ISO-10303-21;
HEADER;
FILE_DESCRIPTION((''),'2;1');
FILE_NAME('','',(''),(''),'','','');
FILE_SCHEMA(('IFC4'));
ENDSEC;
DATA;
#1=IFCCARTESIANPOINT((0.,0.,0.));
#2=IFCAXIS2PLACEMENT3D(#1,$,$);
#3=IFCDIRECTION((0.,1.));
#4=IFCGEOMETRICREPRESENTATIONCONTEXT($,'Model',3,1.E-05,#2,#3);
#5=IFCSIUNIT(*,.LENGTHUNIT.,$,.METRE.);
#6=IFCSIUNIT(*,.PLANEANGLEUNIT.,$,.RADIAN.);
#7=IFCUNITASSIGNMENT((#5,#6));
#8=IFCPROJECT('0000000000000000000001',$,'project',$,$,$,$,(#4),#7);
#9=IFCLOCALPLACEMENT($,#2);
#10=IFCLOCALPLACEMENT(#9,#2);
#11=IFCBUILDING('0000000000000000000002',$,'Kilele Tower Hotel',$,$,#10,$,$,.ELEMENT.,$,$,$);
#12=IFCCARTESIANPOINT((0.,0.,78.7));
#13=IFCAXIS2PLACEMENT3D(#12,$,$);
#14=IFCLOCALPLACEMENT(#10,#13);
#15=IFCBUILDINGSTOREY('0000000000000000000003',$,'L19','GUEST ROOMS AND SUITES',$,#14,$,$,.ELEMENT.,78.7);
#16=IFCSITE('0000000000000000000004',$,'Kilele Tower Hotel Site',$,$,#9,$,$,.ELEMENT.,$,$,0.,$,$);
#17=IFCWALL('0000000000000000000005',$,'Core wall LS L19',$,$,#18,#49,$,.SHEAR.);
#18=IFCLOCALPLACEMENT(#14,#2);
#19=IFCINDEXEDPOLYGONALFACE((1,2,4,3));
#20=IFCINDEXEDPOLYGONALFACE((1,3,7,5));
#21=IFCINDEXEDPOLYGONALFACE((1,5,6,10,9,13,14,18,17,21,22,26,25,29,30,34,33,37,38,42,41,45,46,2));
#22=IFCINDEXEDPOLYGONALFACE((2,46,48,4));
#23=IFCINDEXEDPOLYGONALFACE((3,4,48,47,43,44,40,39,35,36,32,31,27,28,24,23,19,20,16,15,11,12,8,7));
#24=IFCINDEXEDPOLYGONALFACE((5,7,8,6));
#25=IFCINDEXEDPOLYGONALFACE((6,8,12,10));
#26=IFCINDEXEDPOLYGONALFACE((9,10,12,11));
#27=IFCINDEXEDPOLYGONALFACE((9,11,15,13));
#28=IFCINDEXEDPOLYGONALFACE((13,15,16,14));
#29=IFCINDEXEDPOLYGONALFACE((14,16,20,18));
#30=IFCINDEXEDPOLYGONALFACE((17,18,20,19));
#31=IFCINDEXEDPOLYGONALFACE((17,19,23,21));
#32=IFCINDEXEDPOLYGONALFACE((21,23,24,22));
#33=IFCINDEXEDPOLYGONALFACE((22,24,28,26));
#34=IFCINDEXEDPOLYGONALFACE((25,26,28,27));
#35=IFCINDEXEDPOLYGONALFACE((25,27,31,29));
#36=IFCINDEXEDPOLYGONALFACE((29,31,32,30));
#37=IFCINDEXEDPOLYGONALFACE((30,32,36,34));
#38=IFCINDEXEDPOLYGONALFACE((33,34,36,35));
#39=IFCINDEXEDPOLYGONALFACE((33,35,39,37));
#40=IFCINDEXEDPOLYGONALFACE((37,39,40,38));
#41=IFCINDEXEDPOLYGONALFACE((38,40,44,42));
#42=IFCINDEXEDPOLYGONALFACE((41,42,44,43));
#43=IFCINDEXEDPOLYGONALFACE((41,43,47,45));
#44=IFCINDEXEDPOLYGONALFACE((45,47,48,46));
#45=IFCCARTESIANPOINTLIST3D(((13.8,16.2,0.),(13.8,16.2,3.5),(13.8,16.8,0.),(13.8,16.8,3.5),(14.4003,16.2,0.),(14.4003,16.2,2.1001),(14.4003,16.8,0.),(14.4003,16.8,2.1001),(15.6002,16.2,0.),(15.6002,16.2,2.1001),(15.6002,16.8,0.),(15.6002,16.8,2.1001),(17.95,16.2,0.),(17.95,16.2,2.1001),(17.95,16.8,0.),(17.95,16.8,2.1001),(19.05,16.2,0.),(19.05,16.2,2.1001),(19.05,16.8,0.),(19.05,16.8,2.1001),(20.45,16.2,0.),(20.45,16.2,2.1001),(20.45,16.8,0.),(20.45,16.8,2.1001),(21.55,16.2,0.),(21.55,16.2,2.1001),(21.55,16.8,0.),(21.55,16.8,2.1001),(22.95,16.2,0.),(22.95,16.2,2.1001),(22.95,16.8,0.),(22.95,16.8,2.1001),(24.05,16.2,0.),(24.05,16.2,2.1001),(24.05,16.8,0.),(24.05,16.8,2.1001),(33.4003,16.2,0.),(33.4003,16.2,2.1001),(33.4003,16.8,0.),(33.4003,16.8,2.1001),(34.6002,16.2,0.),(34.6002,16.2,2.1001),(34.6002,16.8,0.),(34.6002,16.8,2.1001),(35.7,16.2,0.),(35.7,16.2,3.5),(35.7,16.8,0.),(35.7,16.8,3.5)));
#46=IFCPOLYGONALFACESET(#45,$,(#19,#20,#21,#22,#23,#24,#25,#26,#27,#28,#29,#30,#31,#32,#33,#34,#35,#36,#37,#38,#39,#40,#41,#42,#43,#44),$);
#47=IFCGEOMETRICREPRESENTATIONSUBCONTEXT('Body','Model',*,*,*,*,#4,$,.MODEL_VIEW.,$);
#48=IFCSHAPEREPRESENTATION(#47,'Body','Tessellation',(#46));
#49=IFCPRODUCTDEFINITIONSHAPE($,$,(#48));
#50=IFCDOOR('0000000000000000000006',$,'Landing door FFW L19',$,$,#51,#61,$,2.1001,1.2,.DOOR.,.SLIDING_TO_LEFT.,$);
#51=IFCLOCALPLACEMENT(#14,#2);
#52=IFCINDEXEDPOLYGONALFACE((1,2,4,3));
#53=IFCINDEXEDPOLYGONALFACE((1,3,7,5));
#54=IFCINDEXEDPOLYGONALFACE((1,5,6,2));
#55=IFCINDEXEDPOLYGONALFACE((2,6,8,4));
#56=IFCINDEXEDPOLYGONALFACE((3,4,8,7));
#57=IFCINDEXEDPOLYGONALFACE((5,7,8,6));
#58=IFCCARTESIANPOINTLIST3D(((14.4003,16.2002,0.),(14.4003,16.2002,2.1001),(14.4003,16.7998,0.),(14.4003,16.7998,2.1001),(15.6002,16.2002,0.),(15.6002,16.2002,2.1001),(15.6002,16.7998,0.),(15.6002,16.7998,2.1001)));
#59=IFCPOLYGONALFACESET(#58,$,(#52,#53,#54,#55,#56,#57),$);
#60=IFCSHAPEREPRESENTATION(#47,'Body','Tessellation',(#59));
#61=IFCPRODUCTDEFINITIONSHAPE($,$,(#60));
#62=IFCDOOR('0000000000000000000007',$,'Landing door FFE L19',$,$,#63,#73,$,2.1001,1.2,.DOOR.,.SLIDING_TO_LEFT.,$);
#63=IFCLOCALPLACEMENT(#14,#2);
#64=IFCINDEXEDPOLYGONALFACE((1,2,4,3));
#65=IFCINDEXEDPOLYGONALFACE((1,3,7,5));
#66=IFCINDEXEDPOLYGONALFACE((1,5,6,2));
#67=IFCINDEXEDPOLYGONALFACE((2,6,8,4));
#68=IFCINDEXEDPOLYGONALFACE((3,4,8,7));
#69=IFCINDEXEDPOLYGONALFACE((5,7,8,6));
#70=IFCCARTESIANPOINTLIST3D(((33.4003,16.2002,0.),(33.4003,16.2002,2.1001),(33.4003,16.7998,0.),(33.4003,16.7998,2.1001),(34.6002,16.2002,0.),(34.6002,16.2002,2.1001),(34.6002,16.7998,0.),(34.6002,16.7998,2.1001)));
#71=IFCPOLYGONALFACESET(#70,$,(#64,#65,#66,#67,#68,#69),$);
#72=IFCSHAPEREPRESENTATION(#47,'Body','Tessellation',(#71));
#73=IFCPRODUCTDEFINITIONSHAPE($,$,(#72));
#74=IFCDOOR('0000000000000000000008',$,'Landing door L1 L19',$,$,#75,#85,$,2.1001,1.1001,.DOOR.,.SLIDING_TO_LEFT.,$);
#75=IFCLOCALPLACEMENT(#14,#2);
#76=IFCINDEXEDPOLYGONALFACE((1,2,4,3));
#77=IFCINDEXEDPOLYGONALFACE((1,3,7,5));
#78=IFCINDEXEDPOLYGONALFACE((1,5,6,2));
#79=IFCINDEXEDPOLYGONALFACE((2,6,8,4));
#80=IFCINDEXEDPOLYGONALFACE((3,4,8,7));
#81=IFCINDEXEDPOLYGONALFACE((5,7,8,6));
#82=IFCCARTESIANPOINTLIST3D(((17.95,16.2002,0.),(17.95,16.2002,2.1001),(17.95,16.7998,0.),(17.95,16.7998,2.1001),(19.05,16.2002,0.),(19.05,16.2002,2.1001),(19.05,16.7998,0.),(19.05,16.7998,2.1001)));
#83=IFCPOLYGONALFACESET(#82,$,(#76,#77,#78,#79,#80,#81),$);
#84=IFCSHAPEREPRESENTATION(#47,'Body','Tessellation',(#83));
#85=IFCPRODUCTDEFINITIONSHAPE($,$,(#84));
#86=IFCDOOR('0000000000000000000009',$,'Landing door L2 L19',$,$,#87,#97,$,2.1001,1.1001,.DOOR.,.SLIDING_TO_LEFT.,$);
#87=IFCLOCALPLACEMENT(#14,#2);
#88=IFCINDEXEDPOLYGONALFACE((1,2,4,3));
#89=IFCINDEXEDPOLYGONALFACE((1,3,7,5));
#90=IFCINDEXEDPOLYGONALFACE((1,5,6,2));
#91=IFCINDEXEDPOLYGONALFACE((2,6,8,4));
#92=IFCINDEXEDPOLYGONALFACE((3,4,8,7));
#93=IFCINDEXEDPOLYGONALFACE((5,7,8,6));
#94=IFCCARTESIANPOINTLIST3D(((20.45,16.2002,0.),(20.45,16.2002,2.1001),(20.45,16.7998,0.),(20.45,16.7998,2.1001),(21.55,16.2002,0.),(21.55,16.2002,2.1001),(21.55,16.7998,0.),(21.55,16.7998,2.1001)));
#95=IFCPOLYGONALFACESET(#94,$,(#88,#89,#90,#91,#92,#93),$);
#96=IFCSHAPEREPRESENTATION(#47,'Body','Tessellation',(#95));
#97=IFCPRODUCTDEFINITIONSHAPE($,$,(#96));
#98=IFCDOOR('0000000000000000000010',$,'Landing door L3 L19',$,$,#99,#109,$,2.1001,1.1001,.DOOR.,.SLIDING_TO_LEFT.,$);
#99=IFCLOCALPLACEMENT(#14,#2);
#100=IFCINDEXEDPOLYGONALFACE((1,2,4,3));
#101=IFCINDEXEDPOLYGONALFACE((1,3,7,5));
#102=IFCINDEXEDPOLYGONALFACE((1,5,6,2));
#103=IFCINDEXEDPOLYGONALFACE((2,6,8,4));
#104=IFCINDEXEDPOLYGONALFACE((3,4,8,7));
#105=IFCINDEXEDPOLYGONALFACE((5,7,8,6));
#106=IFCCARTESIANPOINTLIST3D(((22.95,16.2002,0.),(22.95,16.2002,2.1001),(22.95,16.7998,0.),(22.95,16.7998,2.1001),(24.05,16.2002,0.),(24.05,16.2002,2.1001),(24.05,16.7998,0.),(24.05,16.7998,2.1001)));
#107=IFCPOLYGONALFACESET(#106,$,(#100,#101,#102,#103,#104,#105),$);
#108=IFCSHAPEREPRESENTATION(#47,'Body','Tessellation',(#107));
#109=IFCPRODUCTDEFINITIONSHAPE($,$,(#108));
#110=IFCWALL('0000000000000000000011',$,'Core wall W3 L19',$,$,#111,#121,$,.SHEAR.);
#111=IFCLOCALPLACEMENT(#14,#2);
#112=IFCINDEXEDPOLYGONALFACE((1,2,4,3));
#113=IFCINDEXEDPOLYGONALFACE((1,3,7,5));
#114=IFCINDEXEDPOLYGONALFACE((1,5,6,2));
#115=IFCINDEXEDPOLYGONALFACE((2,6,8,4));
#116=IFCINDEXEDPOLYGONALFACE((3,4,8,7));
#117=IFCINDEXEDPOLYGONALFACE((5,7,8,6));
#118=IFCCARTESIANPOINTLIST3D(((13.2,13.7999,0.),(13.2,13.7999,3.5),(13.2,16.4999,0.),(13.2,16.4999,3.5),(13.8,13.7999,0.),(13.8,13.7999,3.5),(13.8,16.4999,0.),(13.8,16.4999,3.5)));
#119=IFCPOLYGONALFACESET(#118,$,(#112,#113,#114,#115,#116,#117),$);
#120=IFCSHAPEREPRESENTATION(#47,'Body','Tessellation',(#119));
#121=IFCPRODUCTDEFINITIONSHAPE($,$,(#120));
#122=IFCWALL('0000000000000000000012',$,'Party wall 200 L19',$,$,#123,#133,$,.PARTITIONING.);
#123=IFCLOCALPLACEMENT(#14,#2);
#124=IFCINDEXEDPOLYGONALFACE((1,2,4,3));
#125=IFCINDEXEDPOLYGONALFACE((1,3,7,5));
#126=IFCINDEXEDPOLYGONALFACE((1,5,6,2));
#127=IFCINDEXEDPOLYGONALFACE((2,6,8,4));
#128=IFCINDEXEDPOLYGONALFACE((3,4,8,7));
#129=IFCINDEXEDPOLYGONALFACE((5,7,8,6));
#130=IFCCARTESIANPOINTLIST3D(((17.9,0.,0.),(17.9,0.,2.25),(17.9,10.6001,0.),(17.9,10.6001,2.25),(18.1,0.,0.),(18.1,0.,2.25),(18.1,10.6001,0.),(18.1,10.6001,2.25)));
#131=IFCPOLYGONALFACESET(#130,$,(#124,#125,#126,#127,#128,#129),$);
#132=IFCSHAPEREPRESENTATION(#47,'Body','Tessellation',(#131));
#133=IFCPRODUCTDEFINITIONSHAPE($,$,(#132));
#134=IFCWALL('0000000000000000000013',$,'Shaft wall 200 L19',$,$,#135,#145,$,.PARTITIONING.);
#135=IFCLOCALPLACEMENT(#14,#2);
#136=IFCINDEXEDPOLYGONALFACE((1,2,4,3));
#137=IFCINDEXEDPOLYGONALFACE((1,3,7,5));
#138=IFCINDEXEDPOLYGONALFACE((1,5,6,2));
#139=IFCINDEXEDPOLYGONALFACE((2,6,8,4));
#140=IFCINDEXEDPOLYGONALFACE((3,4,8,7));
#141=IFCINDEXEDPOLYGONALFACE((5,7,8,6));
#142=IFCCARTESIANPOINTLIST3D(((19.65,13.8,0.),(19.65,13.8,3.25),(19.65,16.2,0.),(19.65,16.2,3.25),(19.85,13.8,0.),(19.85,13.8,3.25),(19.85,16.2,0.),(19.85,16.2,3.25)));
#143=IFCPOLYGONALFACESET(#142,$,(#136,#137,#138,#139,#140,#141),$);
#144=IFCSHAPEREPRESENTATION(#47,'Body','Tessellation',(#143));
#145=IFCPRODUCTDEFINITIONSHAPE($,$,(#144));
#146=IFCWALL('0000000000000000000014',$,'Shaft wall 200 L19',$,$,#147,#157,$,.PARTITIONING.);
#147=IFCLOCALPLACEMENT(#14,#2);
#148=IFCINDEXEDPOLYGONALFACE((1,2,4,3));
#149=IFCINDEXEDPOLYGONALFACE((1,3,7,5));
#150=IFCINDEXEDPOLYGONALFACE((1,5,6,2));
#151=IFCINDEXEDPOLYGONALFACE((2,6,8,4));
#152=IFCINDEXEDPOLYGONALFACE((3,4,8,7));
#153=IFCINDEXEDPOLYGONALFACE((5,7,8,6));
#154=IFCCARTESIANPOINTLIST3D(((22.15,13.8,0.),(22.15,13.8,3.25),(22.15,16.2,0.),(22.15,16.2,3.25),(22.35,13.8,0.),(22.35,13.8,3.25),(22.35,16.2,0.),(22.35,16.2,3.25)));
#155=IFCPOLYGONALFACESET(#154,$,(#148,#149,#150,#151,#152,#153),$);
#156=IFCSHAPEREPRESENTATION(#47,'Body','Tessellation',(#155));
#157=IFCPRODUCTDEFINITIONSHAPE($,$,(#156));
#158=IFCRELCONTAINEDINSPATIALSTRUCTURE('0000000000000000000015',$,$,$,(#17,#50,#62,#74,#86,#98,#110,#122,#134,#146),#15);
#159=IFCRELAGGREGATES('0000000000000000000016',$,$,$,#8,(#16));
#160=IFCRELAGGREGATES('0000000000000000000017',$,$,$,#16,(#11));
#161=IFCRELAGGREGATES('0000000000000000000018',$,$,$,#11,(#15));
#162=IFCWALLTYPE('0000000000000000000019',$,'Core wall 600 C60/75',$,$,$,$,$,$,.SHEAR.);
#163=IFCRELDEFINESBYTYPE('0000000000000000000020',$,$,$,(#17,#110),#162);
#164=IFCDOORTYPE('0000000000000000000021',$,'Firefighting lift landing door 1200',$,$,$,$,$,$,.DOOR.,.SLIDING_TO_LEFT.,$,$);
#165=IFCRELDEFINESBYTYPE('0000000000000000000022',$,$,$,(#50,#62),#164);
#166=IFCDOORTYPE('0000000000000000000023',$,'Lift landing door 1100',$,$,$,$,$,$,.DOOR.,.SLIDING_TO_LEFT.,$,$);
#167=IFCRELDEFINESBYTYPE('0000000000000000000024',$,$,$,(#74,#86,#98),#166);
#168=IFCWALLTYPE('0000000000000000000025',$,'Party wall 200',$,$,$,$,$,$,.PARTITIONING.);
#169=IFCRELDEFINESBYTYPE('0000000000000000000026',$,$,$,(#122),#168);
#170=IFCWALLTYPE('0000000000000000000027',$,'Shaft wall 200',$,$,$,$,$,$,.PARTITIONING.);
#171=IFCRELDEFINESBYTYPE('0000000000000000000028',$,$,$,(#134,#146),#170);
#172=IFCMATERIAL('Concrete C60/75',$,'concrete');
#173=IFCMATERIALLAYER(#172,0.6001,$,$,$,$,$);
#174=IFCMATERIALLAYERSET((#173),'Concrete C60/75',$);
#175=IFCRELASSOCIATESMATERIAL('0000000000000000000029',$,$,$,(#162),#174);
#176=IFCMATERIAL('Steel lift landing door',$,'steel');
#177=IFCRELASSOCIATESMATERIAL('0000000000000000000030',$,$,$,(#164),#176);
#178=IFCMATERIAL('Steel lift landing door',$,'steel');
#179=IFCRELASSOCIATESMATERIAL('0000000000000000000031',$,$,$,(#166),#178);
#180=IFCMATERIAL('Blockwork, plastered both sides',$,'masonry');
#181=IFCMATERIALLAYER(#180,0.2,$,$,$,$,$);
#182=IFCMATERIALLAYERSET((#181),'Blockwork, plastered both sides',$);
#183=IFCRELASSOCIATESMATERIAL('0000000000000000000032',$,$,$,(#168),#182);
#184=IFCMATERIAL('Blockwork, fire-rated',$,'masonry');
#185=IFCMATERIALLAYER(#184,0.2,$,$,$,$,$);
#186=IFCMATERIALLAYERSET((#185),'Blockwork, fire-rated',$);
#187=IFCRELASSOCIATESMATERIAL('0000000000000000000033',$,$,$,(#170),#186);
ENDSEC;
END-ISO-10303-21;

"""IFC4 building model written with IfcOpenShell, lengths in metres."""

from ifc_helpers import new_model, si_unit, direction, frame, frame_2d, origin, place, context, subcontext, project, spatial, rectangle, extrude, material, layer, layer_set, type_object, element, fill, save


model = new_model("IFC4")

# Units and contexts
model_context = context("Model", 3, precision=1e-05, world=origin(), true_north=direction((0.0, 1.0)))
body_context = subcontext(model_context, "Body", "Model", "MODEL_VIEW")
ifc_project = project(units=[si_unit("LENGTHUNIT", "METRE"), si_unit("PLANEANGLEUNIT", "RADIAN")], contexts=[model_context])

# Site, building, storey
site_placement = place(None, origin())
site = spatial("IfcSite", under=ifc_project, at=site_placement, Name="Kilele Tower Hotel Site", CompositionType="ELEMENT", RefElevation=0.0)
building_placement = place(site_placement, origin())
building = spatial("IfcBuilding", under=site, at=building_placement, Name="Kilele Tower Hotel", CompositionType="ELEMENT")
storey_placement = place(building_placement, frame((0.0, 0.0, 78.7)))
storey = spatial("IfcBuildingStorey", under=building, at=storey_placement, Name="L19", Description="GUEST ROOMS AND SUITES", CompositionType="ELEMENT", Elevation=78.7)

# Shared definitions
ifc_material_1 = material(Name="Concrete C60/75", Category="concrete")
ifc_layer_1 = layer(ifc_material_1, 0.6001)
ifc_layer_set_1 = layer_set([ifc_layer_1], Name="Concrete C60/75")
wall_type_1 = type_object("IfcWallType", Name="Core wall 600 C60/75", PredefinedType="SHEAR", material=ifc_layer_set_1)

# Wall, openings, doors
wall_1_placement = place(storey_placement, frame((13.8, 16.5, 0.0), z_axis=(0.0, 0.0, 1.0), x_axis=(1.0, 0.0, 0.0)))
wall_1 = element("IfcWall", 1, at=wall_1_placement, inside=storey, type_object=wall_type_1, Name="Core wall LS L19", PredefinedType="SHEAR", context=body_context, shape_type="SweptSolid", body=[
    extrude(rectangle(XDim=21.8999, YDim=0.6001, at=frame_2d((10.95, 0.0))), origin(), (0.0, 0.0, 1.0), 3.5),
])
opening_1_placement = place(wall_1_placement, frame((4.1499, 0.0, 0.0)))
opening_1 = element("IfcOpeningElement", 2, at=opening_1_placement, cuts=wall_1, PredefinedType="OPENING", context=body_context, shape_type="SweptSolid", body=[
    extrude(rectangle(XDim=1.1001, YDim=2.1001, at=frame_2d((0.55, 1.05))), frame((0.0, 0.3101, 0.0), z_axis=(0.0, -1.0, 0.0), x_axis=(1.0, 0.0, 0.0)), (0.0, 0.0, 1.0), 0.6201),
])
opening_2_placement = place(wall_1_placement, frame((6.6499, 0.0, 0.0)))
opening_2 = element("IfcOpeningElement", 3, at=opening_2_placement, cuts=wall_1, PredefinedType="OPENING", context=body_context, shape_type="SweptSolid", body=[
    extrude(rectangle(XDim=1.1001, YDim=2.1001, at=frame_2d((0.55, 1.05))), frame((0.0, 0.3101, 0.0), z_axis=(0.0, -1.0, 0.0), x_axis=(1.0, 0.0, 0.0)), (0.0, 0.0, 1.0), 0.6201),
])
opening_3_placement = place(wall_1_placement, frame((9.1499, 0.0, 0.0)))
opening_3 = element("IfcOpeningElement", 4, at=opening_3_placement, cuts=wall_1, PredefinedType="OPENING", context=body_context, shape_type="SweptSolid", body=[
    extrude(rectangle(XDim=1.1001, YDim=2.1001, at=frame_2d((0.55, 1.05))), frame((0.0, 0.3101, 0.0), z_axis=(0.0, -1.0, 0.0), x_axis=(1.0, 0.0, 0.0)), (0.0, 0.0, 1.0), 0.6201),
])
opening_4_placement = place(wall_1_placement, frame((0.6001, 0.0, 0.0)))
opening_4 = element("IfcOpeningElement", 5, at=opening_4_placement, cuts=wall_1, PredefinedType="OPENING", context=body_context, shape_type="SweptSolid", body=[
    extrude(rectangle(XDim=1.2, YDim=2.1001, at=frame_2d((0.6001, 1.05))), frame((0.0, 0.3101, 0.0), z_axis=(0.0, -1.0, 0.0), x_axis=(1.0, 0.0, 0.0)), (0.0, 0.0, 1.0), 0.6201),
])
opening_5_placement = place(wall_1_placement, frame((19.6001, 0.0, 0.0)))
opening_5 = element("IfcOpeningElement", 6, at=opening_5_placement, cuts=wall_1, PredefinedType="OPENING", context=body_context, shape_type="SweptSolid", body=[
    extrude(rectangle(XDim=1.2, YDim=2.1001, at=frame_2d((0.6001, 1.05))), frame((0.0, 0.3101, 0.0), z_axis=(0.0, -1.0, 0.0), x_axis=(1.0, 0.0, 0.0)), (0.0, 0.0, 1.0), 0.6201),
])
ifc_material_2 = material(Name="Steel lift landing door", Category="steel")
door_type_1 = type_object("IfcDoorType", Name="Firefighting lift landing door 1200", OperationType="SLIDING_TO_LEFT", PredefinedType="DOOR", material=ifc_material_2)
door_1_placement = place(opening_4_placement, origin())
door_1 = element("IfcDoor", 7, at=door_1_placement, inside=storey, type_object=door_type_1, Name="Landing door FFW L19", OperationType="SLIDING_TO_LEFT", OverallHeight=2.1001, OverallWidth=1.2, PredefinedType="DOOR", context=body_context, shape_type="SweptSolid", body=[
    extrude(rectangle(XDim=1.2, YDim=2.1001, at=frame_2d((0.6001, 1.05))), frame((0.0, 0.2998, 0.0), z_axis=(0.0, -1.0, 0.0), x_axis=(1.0, 0.0, 0.0)), (0.0, 0.0, 1.0), 0.5996),
])
fill(opening_4, door_1)
door_2_placement = place(opening_5_placement, origin())
door_2 = element("IfcDoor", 8, at=door_2_placement, inside=storey, type_object=door_type_1, Name="Landing door FFE L19", OperationType="SLIDING_TO_LEFT", OverallHeight=2.1001, OverallWidth=1.2, PredefinedType="DOOR", context=body_context, shape_type="SweptSolid", body=[
    extrude(rectangle(XDim=1.2, YDim=2.1001, at=frame_2d((0.6001, 1.05))), frame((0.0, 0.2998, 0.0), z_axis=(0.0, -1.0, 0.0), x_axis=(1.0, 0.0, 0.0)), (0.0, 0.0, 1.0), 0.5996),
])
fill(opening_5, door_2)
ifc_material_3 = material(Name="Steel lift landing door", Category="steel")
door_type_2 = type_object("IfcDoorType", Name="Lift landing door 1100", OperationType="SLIDING_TO_LEFT", PredefinedType="DOOR", material=ifc_material_3)
door_3_placement = place(opening_1_placement, origin())
door_3 = element("IfcDoor", 9, at=door_3_placement, inside=storey, type_object=door_type_2, Name="Landing door L1 L19", OperationType="SLIDING_TO_LEFT", OverallHeight=2.1001, OverallWidth=1.1001, PredefinedType="DOOR", context=body_context, shape_type="SweptSolid", body=[
    extrude(rectangle(XDim=1.1001, YDim=2.1001, at=frame_2d((0.55, 1.05))), frame((0.0, 0.2998, 0.0), z_axis=(0.0, -1.0, 0.0), x_axis=(1.0, 0.0, 0.0)), (0.0, 0.0, 1.0), 0.5996),
])
fill(opening_1, door_3)
door_4_placement = place(opening_2_placement, origin())
door_4 = element("IfcDoor", 10, at=door_4_placement, inside=storey, type_object=door_type_2, Name="Landing door L2 L19", OperationType="SLIDING_TO_LEFT", OverallHeight=2.1001, OverallWidth=1.1001, PredefinedType="DOOR", context=body_context, shape_type="SweptSolid", body=[
    extrude(rectangle(XDim=1.1001, YDim=2.1001, at=frame_2d((0.55, 1.05))), frame((0.0, 0.2998, 0.0), z_axis=(0.0, -1.0, 0.0), x_axis=(1.0, 0.0, 0.0)), (0.0, 0.0, 1.0), 0.5996),
])
fill(opening_2, door_4)
door_5_placement = place(opening_3_placement, origin())
door_5 = element("IfcDoor", 11, at=door_5_placement, inside=storey, type_object=door_type_2, Name="Landing door L3 L19", OperationType="SLIDING_TO_LEFT", OverallHeight=2.1001, OverallWidth=1.1001, PredefinedType="DOOR", context=body_context, shape_type="SweptSolid", body=[
    extrude(rectangle(XDim=1.1001, YDim=2.1001, at=frame_2d((0.55, 1.05))), frame((0.0, 0.2998, 0.0), z_axis=(0.0, -1.0, 0.0), x_axis=(1.0, 0.0, 0.0)), (0.0, 0.0, 1.0), 0.5996),
])
fill(opening_3, door_5)

# Walls
wall_2_placement = place(storey_placement, frame((13.5, 16.5, 0.0), z_axis=(0.0, 0.0, 1.0), x_axis=(0.0, -1.0, 0.0)))
element("IfcWall", 12, at=wall_2_placement, inside=storey, type_object=wall_type_1, Name="Core wall W3 L19", PredefinedType="SHEAR", context=body_context, shape_type="SweptSolid", body=[
    extrude(rectangle(XDim=2.7, YDim=0.6001, at=frame_2d((1.3501, 0.0))), origin(), (0.0, 0.0, 1.0), 3.5),
])
ifc_material_4 = material(Name="Blockwork, plastered both sides", Category="masonry")
ifc_layer_2 = layer(ifc_material_4, 0.2)
ifc_layer_set_2 = layer_set([ifc_layer_2], Name="Blockwork, plastered both sides")
wall_type_2 = type_object("IfcWallType", Name="Party wall 200", PredefinedType="PARTITIONING", material=ifc_layer_set_2)
wall_3_placement = place(storey_placement, frame((18.0, 10.6001, 0.0), z_axis=(0.0, 0.0, 1.0), x_axis=(0.0, -1.0, 0.0)))
element("IfcWall", 13, at=wall_3_placement, inside=storey, type_object=wall_type_2, Name="Party wall 200 L19", PredefinedType="PARTITIONING", context=body_context, shape_type="SweptSolid", body=[
    extrude(rectangle(XDim=10.6001, YDim=0.2, at=frame_2d((5.3, 0.0))), origin(), (0.0, 0.0, 1.0), 2.25),
])
ifc_material_5 = material(Name="Blockwork, fire-rated", Category="masonry")
ifc_layer_3 = layer(ifc_material_5, 0.2)
ifc_layer_set_3 = layer_set([ifc_layer_3], Name="Blockwork, fire-rated")
wall_type_3 = type_object("IfcWallType", Name="Shaft wall 200", PredefinedType="PARTITIONING", material=ifc_layer_set_3)
for number, where, z_axis, x_axis, name in (
    (14, (19.75, 13.8, 0.0), (0.0, 0.0, 1.0), (0.0, 1.0, 0.0), "Shaft wall 200 L19"),
    (15, (22.25, 13.8, 0.0), (0.0, 0.0, 1.0), (0.0, 1.0, 0.0), "Shaft wall 200 L19"),
):
    element("IfcWall", number, at=place(storey_placement, frame(where, z_axis=z_axis, x_axis=x_axis)), inside=storey, type_object=wall_type_3, Name=name, PredefinedType="PARTITIONING", context=body_context, shape_type="SweptSolid", body=[
        extrude(rectangle(XDim=2.3999, YDim=0.2, at=frame_2d((1.2, 0.0))), origin(), (0.0, 0.0, 1.0), 3.25),
    ])

save(model, "model.ifc")
